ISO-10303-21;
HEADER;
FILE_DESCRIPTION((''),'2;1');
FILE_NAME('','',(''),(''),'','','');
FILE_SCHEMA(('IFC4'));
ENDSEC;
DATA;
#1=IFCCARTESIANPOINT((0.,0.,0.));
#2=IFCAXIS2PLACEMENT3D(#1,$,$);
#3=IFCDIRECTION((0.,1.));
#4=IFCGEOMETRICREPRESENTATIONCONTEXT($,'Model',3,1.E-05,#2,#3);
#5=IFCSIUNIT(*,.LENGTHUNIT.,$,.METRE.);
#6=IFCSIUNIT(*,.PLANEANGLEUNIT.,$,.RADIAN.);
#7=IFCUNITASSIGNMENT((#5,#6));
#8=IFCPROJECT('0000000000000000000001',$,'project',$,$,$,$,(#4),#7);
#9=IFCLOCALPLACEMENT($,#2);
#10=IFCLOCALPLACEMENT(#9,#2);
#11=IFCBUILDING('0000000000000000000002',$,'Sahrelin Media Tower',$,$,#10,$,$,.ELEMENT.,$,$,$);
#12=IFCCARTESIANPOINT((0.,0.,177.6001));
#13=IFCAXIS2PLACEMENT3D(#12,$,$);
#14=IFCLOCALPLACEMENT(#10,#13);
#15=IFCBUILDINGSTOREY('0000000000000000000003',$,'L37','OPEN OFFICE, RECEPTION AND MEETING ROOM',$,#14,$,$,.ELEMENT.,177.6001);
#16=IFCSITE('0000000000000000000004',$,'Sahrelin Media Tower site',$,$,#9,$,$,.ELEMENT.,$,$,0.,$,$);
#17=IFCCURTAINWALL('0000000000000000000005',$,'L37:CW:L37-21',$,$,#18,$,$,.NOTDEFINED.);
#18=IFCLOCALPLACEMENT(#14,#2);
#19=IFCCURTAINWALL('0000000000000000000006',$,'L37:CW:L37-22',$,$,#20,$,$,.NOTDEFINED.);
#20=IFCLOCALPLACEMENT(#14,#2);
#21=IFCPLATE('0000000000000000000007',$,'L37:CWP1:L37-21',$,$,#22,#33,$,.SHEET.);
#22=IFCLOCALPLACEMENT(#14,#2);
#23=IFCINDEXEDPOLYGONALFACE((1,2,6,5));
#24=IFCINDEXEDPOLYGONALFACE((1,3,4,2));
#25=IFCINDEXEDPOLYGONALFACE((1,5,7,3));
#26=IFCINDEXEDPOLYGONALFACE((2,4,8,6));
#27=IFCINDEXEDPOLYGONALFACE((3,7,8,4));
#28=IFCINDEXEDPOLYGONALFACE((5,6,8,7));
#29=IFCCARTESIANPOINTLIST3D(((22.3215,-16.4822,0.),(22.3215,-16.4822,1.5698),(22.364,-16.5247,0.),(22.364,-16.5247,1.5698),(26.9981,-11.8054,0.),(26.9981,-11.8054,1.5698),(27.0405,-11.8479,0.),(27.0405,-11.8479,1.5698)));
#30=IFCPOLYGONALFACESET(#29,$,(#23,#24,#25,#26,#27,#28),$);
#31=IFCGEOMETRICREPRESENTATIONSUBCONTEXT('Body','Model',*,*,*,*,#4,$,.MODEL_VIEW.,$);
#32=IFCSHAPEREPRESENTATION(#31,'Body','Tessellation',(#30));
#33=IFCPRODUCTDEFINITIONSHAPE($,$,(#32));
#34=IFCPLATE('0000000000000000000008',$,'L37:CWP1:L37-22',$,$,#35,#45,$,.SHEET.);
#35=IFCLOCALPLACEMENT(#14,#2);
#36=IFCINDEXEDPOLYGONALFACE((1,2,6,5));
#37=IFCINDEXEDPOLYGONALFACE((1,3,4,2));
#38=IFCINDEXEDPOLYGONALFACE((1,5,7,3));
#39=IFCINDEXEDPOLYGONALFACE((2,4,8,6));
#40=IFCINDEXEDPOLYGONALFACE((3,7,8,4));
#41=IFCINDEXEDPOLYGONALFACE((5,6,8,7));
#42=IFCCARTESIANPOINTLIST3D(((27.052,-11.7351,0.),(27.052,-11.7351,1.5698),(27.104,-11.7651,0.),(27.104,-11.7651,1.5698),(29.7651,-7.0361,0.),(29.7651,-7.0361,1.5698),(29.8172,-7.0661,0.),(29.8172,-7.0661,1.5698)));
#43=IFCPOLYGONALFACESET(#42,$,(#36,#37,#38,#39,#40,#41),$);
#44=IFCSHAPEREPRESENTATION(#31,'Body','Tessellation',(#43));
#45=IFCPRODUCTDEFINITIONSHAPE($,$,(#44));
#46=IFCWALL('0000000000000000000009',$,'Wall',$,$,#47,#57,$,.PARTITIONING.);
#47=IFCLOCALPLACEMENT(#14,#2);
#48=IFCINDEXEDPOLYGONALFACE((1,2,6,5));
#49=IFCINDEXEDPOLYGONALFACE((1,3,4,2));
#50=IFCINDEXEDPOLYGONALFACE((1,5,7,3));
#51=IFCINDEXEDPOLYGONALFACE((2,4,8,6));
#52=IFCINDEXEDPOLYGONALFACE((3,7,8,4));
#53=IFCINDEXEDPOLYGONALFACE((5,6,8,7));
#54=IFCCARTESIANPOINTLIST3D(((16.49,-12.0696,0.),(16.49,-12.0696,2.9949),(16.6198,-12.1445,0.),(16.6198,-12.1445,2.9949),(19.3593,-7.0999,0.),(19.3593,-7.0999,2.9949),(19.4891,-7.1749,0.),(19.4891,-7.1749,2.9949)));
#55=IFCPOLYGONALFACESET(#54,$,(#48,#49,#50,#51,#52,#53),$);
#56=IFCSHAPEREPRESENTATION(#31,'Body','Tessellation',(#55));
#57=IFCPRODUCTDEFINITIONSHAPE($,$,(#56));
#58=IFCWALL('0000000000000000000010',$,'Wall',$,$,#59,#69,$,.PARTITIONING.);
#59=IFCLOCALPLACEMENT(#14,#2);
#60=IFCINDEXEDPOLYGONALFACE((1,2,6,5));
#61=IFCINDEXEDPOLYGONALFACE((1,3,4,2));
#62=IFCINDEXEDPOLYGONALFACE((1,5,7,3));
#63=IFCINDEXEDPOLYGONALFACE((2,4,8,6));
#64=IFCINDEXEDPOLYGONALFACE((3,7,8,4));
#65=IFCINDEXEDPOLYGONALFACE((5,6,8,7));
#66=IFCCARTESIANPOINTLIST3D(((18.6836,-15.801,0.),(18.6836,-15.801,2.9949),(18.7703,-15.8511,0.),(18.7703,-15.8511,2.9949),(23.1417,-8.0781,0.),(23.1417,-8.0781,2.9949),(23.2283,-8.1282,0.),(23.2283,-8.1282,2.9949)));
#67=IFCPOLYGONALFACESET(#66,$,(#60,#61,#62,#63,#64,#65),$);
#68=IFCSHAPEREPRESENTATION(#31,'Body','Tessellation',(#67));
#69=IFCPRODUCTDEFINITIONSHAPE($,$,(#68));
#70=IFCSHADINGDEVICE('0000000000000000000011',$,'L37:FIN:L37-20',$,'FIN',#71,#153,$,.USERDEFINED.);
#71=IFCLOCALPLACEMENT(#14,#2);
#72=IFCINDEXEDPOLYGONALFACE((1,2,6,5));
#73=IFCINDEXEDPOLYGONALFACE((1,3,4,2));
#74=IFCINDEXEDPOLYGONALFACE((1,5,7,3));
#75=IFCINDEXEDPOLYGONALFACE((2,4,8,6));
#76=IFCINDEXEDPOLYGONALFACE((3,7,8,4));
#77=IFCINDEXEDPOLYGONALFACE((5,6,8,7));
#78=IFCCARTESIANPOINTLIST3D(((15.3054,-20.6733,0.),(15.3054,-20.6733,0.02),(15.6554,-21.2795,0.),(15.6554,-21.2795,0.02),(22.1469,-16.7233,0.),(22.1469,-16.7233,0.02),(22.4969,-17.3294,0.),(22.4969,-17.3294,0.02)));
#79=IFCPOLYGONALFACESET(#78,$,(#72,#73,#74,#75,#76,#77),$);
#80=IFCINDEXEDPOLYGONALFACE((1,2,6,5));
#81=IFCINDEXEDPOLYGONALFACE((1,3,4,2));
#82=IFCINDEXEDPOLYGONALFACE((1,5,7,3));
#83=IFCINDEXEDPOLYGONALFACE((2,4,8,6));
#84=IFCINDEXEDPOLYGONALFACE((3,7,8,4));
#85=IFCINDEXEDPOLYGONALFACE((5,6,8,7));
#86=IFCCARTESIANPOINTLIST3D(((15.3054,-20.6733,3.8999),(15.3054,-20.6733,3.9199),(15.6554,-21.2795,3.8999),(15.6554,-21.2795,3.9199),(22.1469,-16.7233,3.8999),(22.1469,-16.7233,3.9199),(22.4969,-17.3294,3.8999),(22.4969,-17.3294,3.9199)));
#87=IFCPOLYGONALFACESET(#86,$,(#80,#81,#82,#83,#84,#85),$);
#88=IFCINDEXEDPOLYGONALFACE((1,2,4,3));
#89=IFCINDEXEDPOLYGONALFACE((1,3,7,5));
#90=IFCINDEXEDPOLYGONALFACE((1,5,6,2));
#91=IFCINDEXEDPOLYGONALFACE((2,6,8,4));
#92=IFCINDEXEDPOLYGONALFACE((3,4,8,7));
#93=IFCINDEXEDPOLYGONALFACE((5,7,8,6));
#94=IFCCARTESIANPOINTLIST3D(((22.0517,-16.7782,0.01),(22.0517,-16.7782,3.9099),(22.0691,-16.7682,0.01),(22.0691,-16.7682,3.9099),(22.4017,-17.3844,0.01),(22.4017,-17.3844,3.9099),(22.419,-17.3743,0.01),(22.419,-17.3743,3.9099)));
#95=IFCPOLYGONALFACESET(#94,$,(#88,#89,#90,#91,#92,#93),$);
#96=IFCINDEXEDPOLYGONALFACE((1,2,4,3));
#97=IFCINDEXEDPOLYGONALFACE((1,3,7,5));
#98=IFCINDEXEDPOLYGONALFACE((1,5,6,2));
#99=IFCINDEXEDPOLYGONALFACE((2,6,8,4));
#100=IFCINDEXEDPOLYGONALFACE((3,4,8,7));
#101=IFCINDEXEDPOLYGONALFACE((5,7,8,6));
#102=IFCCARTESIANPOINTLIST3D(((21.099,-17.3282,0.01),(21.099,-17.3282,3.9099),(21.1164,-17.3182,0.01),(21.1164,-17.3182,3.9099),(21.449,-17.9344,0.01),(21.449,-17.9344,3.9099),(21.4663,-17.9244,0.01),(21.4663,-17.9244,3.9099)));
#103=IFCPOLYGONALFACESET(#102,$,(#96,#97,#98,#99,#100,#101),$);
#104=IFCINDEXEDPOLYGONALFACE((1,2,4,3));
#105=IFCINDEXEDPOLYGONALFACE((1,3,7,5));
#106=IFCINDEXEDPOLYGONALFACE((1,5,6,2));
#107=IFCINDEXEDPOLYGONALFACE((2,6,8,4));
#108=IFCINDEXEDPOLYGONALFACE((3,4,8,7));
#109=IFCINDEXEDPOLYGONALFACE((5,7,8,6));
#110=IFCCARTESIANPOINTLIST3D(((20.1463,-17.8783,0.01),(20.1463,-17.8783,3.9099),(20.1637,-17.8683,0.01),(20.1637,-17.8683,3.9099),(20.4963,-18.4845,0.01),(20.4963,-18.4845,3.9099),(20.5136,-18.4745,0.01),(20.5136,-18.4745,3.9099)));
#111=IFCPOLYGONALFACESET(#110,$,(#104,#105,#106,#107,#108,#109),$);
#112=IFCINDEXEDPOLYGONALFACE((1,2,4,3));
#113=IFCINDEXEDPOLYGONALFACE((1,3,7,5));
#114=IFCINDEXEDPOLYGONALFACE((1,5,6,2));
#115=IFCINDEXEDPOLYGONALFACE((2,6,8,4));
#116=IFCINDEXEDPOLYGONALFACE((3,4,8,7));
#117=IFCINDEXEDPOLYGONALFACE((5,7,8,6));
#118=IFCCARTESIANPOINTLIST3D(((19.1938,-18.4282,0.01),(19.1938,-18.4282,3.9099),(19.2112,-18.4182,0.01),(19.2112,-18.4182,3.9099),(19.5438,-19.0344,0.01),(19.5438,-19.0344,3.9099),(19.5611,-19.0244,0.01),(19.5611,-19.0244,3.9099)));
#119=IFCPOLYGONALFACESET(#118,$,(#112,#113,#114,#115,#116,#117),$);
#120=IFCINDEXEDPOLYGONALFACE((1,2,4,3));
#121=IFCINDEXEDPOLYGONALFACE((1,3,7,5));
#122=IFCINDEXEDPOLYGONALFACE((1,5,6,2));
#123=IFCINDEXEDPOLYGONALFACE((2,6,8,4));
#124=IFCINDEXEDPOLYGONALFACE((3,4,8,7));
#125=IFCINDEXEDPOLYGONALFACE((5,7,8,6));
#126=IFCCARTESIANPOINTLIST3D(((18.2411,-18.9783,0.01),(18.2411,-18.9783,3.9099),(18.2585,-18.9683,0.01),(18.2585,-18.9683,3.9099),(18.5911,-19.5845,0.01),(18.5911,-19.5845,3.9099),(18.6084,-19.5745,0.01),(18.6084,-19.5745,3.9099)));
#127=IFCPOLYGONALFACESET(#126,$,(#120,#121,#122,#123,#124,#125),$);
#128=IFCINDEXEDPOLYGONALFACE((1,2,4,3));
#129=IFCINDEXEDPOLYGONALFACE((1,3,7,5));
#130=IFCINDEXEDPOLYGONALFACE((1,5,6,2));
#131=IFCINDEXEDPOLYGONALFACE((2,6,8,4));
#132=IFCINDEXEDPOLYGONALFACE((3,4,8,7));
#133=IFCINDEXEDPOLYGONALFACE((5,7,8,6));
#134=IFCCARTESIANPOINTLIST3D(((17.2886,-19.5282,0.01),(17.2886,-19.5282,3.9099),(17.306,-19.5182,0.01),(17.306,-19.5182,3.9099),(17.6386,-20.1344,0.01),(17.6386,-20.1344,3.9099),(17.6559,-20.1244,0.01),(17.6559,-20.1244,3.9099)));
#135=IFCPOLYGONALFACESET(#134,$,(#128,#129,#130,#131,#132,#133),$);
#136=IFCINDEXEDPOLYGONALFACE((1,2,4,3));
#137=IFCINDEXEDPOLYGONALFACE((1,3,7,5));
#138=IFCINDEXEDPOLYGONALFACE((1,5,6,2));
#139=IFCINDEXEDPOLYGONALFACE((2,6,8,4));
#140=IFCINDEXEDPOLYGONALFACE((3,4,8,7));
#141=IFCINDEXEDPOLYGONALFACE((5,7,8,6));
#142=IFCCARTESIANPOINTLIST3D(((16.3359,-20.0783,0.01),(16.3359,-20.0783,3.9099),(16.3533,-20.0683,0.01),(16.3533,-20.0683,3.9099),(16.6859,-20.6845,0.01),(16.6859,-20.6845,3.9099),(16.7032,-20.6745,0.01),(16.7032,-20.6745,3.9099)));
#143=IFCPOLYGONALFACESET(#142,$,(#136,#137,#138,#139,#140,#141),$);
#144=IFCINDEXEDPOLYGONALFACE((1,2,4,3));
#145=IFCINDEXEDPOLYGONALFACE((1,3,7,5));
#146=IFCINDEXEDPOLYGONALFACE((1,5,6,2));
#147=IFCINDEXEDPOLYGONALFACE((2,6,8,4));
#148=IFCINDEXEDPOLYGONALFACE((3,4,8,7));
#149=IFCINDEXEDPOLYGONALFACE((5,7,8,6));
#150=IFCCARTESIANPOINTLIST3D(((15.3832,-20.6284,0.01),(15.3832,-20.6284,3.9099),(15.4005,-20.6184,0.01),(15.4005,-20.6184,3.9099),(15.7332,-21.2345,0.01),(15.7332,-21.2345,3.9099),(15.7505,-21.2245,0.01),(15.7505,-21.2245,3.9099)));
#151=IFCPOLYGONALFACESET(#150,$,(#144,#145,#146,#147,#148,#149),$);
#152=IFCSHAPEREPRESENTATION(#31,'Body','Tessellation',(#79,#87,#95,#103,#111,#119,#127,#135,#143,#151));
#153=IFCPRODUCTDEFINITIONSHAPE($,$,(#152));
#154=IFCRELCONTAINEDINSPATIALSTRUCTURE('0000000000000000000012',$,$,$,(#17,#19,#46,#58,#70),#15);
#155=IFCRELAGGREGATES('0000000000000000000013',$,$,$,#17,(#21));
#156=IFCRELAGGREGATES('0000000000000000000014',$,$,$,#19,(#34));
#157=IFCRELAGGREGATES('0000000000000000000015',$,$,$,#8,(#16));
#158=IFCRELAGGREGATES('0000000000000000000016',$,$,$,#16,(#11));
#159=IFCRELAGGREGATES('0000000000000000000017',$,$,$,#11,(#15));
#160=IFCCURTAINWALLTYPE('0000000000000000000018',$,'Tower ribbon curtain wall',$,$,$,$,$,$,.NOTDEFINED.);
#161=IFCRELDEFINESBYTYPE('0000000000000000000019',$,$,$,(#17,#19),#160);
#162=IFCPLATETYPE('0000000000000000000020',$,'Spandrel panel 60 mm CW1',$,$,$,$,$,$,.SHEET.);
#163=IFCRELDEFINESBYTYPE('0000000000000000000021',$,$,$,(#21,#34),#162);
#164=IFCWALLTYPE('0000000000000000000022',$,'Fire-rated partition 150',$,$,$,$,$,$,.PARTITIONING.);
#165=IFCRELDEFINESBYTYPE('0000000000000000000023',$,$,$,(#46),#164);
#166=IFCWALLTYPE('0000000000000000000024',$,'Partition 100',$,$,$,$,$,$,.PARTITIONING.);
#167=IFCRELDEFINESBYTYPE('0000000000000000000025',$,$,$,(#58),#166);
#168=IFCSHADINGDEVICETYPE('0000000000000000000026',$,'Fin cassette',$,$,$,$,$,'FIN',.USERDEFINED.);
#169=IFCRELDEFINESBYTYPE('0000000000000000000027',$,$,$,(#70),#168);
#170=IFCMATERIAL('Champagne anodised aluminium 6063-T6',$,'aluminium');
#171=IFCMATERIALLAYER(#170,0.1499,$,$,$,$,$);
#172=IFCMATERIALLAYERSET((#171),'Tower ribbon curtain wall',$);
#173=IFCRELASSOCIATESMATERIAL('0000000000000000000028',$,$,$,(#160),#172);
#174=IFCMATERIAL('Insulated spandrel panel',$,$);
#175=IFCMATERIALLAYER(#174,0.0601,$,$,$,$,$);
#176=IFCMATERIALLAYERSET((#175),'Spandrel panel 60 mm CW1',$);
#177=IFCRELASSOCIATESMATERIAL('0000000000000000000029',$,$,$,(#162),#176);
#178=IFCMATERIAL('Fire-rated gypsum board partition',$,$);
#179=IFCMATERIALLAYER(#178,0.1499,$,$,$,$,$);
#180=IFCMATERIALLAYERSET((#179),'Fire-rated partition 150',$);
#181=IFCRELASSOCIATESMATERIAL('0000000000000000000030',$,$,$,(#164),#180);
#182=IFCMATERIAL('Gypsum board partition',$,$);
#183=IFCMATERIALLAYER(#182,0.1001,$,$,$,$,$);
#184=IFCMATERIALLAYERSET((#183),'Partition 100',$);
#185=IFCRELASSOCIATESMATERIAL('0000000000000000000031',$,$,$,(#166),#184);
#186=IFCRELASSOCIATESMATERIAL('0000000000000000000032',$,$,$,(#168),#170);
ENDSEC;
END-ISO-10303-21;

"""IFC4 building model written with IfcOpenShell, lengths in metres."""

from ifc_helpers import new_model, si_unit, direction, frame, frame_2d, origin, origin_2d, place, context, subcontext, project, spatial, polyline, rectangle, outline, extrude, material, layer, layer_set, type_object, element, aggregate, save


model = new_model("IFC4")

# Units and contexts
model_context = context("Model", 3, precision=1e-05, world=origin(), true_north=direction((0.0, 1.0)))
body_context = subcontext(model_context, "Body", "Model", "MODEL_VIEW")
ifc_project = project(units=[si_unit("LENGTHUNIT", "METRE"), si_unit("PLANEANGLEUNIT", "RADIAN")], contexts=[model_context])

# Site, building, storey
site_placement = place(None, origin())
site = spatial("IfcSite", under=ifc_project, at=site_placement, Name="Sahrelin Media Tower site", CompositionType="ELEMENT", RefElevation=0.0)
building_placement = place(site_placement, origin())
building = spatial("IfcBuilding", under=site, at=building_placement, Name="Sahrelin Media Tower", CompositionType="ELEMENT")
storey_placement = place(building_placement, frame((0.0, 0.0, 177.6001)))
storey = spatial("IfcBuildingStorey", under=building, at=storey_placement, Name="L37", Description="OPEN OFFICE, RECEPTION AND MEETING ROOM", CompositionType="ELEMENT", Elevation=177.6001)

# Curtain wall
ifc_material_1 = material(Name="Champagne anodised aluminium 6063-T6", Category="aluminium")
ifc_layer_1 = layer(ifc_material_1, 0.1499)
ifc_layer_set_1 = layer_set([ifc_layer_1], Name="Tower ribbon curtain wall")
curtain_wall_type = type_object("IfcCurtainWallType", Name="Tower ribbon curtain wall", PredefinedType="NOTDEFINED", material=ifc_layer_set_1)
curtain_wall_1_placement = place(storey_placement, frame((24.6882, -14.1721, 0.0), z_axis=(0.0, 0.0, 1.0), x_axis=(1.0, 0.0, 0.0)))
curtain_wall_1 = element("IfcCurtainWall", 1, at=curtain_wall_1_placement, inside=storey, type_object=curtain_wall_type, Name="L37:CW:L37-21", PredefinedType="NOTDEFINED")

# Curtain wall
curtain_wall_2_placement = place(storey_placement, frame((28.4434, -9.4055, 0.0), z_axis=(0.0, 0.0, 1.0), x_axis=(1.0, 0.0, 0.0)))
curtain_wall_2 = element("IfcCurtainWall", 2, at=curtain_wall_2_placement, inside=storey, type_object=curtain_wall_type, Name="L37:CW:L37-22", PredefinedType="NOTDEFINED")

# Plates
ifc_material_2 = material(Name="Insulated spandrel panel")
ifc_layer_2 = layer(ifc_material_2, 0.0601)
ifc_layer_set_2 = layer_set([ifc_layer_2], Name="Spandrel panel 60 mm CW1")
plate_type_1 = type_object("IfcPlateType", Name="Spandrel panel 60 mm CW1", PredefinedType="SHEET", material=ifc_layer_set_2)
plate_1_placement = place(storey_placement, frame((22.364, -16.5247, 0.0), z_axis=(0.707125, -0.707088, 0.0), x_axis=(0.707088, 0.707125, 0.0)))
plate_1 = element("IfcPlate", 3, at=plate_1_placement, type_object=plate_type_1, Name="L37:CWP1:L37-21", PredefinedType="SHEET", context=body_context, shape_type="SweptSolid", body=[
    extrude(outline(polyline([(0.0, 0.0), (6.6138, 0.0), (6.6138, 1.5698), (0.0, 1.5698), (0.0, 0.0)])), origin(), (0.0, 0.0, -1.0), 0.0601),
])
aggregate(curtain_wall_1, [plate_1])
plate_2_placement = place(storey_placement, frame((27.104, -11.7651, 0.0), z_axis=(0.866011, -0.500025, 0.0), x_axis=(0.500025, 0.866011, 0.0)))
plate_2 = element("IfcPlate", 4, at=plate_2_placement, type_object=plate_type_1, Name="L37:CWP1:L37-22", PredefinedType="SHEET", context=body_context, shape_type="SweptSolid", body=[
    extrude(outline(polyline([(0.0, 0.0), (5.426, 0.0), (5.426, 1.5698), (0.0, 1.5698), (0.0, 0.0)])), origin(), (0.0, 0.0, -1.0), 0.0601),
])
aggregate(curtain_wall_2, [plate_2])

# Walls
ifc_material_3 = material(Name="Fire-rated gypsum board partition")
ifc_layer_3 = layer(ifc_material_3, 0.1499)
ifc_layer_set_3 = layer_set([ifc_layer_3], Name="Fire-rated partition 150")
wall_type_1 = type_object("IfcWallType", Name="Fire-rated partition 150", PredefinedType="PARTITIONING", material=ifc_layer_set_3)
wall_1_placement = place(storey_placement, frame((16.5549, -12.1069, 0.0), z_axis=(0.0, 0.0, 1.0), x_axis=(0.500015, 0.866017, 0.0)))
element("IfcWall", 5, at=wall_1_placement, inside=storey, type_object=wall_type_1, Name="Wall", PredefinedType="PARTITIONING", context=body_context, shape_type="SweptSolid", body=[
    extrude(rectangle(XDim=5.7385, YDim=0.1499, at=frame_2d((2.8691, 0.0))), origin(), (0.0, 0.0, 1.0), 2.9949),
])
ifc_material_4 = material(Name="Gypsum board partition")
ifc_layer_4 = layer(ifc_material_4, 0.1001)
ifc_layer_set_4 = layer_set([ifc_layer_4], Name="Partition 100")
wall_type_2 = type_object("IfcWallType", Name="Partition 100", PredefinedType="PARTITIONING", material=ifc_layer_set_4)
wall_2_placement = place(storey_placement, frame((18.7271, -15.8259, 0.0), z_axis=(0.0, 0.0, 1.0), x_axis=(0.499932, 0.866065, 0.0)))
element("IfcWall", 6, at=wall_2_placement, inside=storey, type_object=wall_type_2, Name="Wall", PredefinedType="PARTITIONING", context=body_context, shape_type="SweptSolid", body=[
    extrude(rectangle(XDim=8.9172, YDim=0.1001, at=frame_2d((4.4585, 0.0))), origin(), (0.0, 0.0, 1.0), 2.9949),
])

# Shading device
shading_device_type_1 = type_object("IfcShadingDeviceType", Name="Fin cassette", ElementType="FIN", PredefinedType="USERDEFINED", material=ifc_material_1)
placement_1 = place(storey_placement, frame((18.6912, -18.6377, 0.0), z_axis=(0.0, 0.0, 1.0), x_axis=(-0.866019, -0.500011, 0.0)))
element("IfcShadingDevice", 7, at=placement_1, inside=storey, type_object=shading_device_type_1, Name="L37:FIN:L37-20", ObjectType="FIN", PredefinedType="USERDEFINED", context=body_context, shape_type="SweptSolid", body=[
    extrude(rectangle(XDim=7.8999, YDim=0.7, at=origin_2d()), frame((0.0, 0.4199, 0.0)), (0.0, 0.0, 1.0), 0.02),
    extrude(rectangle(XDim=7.8999, YDim=0.7, at=origin_2d()), frame((0.0, 0.4199, 3.8999)), (0.0, 0.0, 1.0), 0.02),
    extrude(rectangle(XDim=0.02, YDim=0.7, at=origin_2d()), frame((-3.8501, 0.4199, 0.01), z_axis=(0.0, 0.0, 1.0), x_axis=(1.0, 0.0, 0.0)), (0.0, 0.0, 1.0), 3.8999),
    extrude(rectangle(XDim=0.02, YDim=0.7, at=origin_2d()), frame((-2.75, 0.4199, 0.01), z_axis=(0.0, 0.0, 1.0), x_axis=(1.0, 0.0, 0.0)), (0.0, 0.0, 1.0), 3.8999),
    extrude(rectangle(XDim=0.02, YDim=0.7, at=origin_2d()), frame((-1.6499, 0.4199, 0.01), z_axis=(0.0, 0.0, 1.0), x_axis=(1.0, 0.0, 0.0)), (0.0, 0.0, 1.0), 3.8999),
    extrude(rectangle(XDim=0.02, YDim=0.7, at=origin_2d()), frame((-0.55, 0.4199, 0.01), z_axis=(0.0, 0.0, 1.0), x_axis=(1.0, 0.0, 0.0)), (0.0, 0.0, 1.0), 3.8999),
    extrude(rectangle(XDim=0.02, YDim=0.7, at=origin_2d()), frame((0.55, 0.4199, 0.01), z_axis=(0.0, 0.0, 1.0), x_axis=(1.0, 0.0, 0.0)), (0.0, 0.0, 1.0), 3.8999),
    extrude(rectangle(XDim=0.02, YDim=0.7, at=origin_2d()), frame((1.6499, 0.4199, 0.01), z_axis=(0.0, 0.0, 1.0), x_axis=(1.0, 0.0, 0.0)), (0.0, 0.0, 1.0), 3.8999),
    extrude(rectangle(XDim=0.02, YDim=0.7, at=origin_2d()), frame((2.75, 0.4199, 0.01), z_axis=(0.0, 0.0, 1.0), x_axis=(1.0, 0.0, 0.0)), (0.0, 0.0, 1.0), 3.8999),
    extrude(rectangle(XDim=0.02, YDim=0.7, at=origin_2d()), frame((3.8501, 0.4199, 0.01), z_axis=(0.0, 0.0, 1.0), x_axis=(1.0, 0.0, 0.0)), (0.0, 0.0, 1.0), 3.8999),
])

save(model, "model.ifc")
